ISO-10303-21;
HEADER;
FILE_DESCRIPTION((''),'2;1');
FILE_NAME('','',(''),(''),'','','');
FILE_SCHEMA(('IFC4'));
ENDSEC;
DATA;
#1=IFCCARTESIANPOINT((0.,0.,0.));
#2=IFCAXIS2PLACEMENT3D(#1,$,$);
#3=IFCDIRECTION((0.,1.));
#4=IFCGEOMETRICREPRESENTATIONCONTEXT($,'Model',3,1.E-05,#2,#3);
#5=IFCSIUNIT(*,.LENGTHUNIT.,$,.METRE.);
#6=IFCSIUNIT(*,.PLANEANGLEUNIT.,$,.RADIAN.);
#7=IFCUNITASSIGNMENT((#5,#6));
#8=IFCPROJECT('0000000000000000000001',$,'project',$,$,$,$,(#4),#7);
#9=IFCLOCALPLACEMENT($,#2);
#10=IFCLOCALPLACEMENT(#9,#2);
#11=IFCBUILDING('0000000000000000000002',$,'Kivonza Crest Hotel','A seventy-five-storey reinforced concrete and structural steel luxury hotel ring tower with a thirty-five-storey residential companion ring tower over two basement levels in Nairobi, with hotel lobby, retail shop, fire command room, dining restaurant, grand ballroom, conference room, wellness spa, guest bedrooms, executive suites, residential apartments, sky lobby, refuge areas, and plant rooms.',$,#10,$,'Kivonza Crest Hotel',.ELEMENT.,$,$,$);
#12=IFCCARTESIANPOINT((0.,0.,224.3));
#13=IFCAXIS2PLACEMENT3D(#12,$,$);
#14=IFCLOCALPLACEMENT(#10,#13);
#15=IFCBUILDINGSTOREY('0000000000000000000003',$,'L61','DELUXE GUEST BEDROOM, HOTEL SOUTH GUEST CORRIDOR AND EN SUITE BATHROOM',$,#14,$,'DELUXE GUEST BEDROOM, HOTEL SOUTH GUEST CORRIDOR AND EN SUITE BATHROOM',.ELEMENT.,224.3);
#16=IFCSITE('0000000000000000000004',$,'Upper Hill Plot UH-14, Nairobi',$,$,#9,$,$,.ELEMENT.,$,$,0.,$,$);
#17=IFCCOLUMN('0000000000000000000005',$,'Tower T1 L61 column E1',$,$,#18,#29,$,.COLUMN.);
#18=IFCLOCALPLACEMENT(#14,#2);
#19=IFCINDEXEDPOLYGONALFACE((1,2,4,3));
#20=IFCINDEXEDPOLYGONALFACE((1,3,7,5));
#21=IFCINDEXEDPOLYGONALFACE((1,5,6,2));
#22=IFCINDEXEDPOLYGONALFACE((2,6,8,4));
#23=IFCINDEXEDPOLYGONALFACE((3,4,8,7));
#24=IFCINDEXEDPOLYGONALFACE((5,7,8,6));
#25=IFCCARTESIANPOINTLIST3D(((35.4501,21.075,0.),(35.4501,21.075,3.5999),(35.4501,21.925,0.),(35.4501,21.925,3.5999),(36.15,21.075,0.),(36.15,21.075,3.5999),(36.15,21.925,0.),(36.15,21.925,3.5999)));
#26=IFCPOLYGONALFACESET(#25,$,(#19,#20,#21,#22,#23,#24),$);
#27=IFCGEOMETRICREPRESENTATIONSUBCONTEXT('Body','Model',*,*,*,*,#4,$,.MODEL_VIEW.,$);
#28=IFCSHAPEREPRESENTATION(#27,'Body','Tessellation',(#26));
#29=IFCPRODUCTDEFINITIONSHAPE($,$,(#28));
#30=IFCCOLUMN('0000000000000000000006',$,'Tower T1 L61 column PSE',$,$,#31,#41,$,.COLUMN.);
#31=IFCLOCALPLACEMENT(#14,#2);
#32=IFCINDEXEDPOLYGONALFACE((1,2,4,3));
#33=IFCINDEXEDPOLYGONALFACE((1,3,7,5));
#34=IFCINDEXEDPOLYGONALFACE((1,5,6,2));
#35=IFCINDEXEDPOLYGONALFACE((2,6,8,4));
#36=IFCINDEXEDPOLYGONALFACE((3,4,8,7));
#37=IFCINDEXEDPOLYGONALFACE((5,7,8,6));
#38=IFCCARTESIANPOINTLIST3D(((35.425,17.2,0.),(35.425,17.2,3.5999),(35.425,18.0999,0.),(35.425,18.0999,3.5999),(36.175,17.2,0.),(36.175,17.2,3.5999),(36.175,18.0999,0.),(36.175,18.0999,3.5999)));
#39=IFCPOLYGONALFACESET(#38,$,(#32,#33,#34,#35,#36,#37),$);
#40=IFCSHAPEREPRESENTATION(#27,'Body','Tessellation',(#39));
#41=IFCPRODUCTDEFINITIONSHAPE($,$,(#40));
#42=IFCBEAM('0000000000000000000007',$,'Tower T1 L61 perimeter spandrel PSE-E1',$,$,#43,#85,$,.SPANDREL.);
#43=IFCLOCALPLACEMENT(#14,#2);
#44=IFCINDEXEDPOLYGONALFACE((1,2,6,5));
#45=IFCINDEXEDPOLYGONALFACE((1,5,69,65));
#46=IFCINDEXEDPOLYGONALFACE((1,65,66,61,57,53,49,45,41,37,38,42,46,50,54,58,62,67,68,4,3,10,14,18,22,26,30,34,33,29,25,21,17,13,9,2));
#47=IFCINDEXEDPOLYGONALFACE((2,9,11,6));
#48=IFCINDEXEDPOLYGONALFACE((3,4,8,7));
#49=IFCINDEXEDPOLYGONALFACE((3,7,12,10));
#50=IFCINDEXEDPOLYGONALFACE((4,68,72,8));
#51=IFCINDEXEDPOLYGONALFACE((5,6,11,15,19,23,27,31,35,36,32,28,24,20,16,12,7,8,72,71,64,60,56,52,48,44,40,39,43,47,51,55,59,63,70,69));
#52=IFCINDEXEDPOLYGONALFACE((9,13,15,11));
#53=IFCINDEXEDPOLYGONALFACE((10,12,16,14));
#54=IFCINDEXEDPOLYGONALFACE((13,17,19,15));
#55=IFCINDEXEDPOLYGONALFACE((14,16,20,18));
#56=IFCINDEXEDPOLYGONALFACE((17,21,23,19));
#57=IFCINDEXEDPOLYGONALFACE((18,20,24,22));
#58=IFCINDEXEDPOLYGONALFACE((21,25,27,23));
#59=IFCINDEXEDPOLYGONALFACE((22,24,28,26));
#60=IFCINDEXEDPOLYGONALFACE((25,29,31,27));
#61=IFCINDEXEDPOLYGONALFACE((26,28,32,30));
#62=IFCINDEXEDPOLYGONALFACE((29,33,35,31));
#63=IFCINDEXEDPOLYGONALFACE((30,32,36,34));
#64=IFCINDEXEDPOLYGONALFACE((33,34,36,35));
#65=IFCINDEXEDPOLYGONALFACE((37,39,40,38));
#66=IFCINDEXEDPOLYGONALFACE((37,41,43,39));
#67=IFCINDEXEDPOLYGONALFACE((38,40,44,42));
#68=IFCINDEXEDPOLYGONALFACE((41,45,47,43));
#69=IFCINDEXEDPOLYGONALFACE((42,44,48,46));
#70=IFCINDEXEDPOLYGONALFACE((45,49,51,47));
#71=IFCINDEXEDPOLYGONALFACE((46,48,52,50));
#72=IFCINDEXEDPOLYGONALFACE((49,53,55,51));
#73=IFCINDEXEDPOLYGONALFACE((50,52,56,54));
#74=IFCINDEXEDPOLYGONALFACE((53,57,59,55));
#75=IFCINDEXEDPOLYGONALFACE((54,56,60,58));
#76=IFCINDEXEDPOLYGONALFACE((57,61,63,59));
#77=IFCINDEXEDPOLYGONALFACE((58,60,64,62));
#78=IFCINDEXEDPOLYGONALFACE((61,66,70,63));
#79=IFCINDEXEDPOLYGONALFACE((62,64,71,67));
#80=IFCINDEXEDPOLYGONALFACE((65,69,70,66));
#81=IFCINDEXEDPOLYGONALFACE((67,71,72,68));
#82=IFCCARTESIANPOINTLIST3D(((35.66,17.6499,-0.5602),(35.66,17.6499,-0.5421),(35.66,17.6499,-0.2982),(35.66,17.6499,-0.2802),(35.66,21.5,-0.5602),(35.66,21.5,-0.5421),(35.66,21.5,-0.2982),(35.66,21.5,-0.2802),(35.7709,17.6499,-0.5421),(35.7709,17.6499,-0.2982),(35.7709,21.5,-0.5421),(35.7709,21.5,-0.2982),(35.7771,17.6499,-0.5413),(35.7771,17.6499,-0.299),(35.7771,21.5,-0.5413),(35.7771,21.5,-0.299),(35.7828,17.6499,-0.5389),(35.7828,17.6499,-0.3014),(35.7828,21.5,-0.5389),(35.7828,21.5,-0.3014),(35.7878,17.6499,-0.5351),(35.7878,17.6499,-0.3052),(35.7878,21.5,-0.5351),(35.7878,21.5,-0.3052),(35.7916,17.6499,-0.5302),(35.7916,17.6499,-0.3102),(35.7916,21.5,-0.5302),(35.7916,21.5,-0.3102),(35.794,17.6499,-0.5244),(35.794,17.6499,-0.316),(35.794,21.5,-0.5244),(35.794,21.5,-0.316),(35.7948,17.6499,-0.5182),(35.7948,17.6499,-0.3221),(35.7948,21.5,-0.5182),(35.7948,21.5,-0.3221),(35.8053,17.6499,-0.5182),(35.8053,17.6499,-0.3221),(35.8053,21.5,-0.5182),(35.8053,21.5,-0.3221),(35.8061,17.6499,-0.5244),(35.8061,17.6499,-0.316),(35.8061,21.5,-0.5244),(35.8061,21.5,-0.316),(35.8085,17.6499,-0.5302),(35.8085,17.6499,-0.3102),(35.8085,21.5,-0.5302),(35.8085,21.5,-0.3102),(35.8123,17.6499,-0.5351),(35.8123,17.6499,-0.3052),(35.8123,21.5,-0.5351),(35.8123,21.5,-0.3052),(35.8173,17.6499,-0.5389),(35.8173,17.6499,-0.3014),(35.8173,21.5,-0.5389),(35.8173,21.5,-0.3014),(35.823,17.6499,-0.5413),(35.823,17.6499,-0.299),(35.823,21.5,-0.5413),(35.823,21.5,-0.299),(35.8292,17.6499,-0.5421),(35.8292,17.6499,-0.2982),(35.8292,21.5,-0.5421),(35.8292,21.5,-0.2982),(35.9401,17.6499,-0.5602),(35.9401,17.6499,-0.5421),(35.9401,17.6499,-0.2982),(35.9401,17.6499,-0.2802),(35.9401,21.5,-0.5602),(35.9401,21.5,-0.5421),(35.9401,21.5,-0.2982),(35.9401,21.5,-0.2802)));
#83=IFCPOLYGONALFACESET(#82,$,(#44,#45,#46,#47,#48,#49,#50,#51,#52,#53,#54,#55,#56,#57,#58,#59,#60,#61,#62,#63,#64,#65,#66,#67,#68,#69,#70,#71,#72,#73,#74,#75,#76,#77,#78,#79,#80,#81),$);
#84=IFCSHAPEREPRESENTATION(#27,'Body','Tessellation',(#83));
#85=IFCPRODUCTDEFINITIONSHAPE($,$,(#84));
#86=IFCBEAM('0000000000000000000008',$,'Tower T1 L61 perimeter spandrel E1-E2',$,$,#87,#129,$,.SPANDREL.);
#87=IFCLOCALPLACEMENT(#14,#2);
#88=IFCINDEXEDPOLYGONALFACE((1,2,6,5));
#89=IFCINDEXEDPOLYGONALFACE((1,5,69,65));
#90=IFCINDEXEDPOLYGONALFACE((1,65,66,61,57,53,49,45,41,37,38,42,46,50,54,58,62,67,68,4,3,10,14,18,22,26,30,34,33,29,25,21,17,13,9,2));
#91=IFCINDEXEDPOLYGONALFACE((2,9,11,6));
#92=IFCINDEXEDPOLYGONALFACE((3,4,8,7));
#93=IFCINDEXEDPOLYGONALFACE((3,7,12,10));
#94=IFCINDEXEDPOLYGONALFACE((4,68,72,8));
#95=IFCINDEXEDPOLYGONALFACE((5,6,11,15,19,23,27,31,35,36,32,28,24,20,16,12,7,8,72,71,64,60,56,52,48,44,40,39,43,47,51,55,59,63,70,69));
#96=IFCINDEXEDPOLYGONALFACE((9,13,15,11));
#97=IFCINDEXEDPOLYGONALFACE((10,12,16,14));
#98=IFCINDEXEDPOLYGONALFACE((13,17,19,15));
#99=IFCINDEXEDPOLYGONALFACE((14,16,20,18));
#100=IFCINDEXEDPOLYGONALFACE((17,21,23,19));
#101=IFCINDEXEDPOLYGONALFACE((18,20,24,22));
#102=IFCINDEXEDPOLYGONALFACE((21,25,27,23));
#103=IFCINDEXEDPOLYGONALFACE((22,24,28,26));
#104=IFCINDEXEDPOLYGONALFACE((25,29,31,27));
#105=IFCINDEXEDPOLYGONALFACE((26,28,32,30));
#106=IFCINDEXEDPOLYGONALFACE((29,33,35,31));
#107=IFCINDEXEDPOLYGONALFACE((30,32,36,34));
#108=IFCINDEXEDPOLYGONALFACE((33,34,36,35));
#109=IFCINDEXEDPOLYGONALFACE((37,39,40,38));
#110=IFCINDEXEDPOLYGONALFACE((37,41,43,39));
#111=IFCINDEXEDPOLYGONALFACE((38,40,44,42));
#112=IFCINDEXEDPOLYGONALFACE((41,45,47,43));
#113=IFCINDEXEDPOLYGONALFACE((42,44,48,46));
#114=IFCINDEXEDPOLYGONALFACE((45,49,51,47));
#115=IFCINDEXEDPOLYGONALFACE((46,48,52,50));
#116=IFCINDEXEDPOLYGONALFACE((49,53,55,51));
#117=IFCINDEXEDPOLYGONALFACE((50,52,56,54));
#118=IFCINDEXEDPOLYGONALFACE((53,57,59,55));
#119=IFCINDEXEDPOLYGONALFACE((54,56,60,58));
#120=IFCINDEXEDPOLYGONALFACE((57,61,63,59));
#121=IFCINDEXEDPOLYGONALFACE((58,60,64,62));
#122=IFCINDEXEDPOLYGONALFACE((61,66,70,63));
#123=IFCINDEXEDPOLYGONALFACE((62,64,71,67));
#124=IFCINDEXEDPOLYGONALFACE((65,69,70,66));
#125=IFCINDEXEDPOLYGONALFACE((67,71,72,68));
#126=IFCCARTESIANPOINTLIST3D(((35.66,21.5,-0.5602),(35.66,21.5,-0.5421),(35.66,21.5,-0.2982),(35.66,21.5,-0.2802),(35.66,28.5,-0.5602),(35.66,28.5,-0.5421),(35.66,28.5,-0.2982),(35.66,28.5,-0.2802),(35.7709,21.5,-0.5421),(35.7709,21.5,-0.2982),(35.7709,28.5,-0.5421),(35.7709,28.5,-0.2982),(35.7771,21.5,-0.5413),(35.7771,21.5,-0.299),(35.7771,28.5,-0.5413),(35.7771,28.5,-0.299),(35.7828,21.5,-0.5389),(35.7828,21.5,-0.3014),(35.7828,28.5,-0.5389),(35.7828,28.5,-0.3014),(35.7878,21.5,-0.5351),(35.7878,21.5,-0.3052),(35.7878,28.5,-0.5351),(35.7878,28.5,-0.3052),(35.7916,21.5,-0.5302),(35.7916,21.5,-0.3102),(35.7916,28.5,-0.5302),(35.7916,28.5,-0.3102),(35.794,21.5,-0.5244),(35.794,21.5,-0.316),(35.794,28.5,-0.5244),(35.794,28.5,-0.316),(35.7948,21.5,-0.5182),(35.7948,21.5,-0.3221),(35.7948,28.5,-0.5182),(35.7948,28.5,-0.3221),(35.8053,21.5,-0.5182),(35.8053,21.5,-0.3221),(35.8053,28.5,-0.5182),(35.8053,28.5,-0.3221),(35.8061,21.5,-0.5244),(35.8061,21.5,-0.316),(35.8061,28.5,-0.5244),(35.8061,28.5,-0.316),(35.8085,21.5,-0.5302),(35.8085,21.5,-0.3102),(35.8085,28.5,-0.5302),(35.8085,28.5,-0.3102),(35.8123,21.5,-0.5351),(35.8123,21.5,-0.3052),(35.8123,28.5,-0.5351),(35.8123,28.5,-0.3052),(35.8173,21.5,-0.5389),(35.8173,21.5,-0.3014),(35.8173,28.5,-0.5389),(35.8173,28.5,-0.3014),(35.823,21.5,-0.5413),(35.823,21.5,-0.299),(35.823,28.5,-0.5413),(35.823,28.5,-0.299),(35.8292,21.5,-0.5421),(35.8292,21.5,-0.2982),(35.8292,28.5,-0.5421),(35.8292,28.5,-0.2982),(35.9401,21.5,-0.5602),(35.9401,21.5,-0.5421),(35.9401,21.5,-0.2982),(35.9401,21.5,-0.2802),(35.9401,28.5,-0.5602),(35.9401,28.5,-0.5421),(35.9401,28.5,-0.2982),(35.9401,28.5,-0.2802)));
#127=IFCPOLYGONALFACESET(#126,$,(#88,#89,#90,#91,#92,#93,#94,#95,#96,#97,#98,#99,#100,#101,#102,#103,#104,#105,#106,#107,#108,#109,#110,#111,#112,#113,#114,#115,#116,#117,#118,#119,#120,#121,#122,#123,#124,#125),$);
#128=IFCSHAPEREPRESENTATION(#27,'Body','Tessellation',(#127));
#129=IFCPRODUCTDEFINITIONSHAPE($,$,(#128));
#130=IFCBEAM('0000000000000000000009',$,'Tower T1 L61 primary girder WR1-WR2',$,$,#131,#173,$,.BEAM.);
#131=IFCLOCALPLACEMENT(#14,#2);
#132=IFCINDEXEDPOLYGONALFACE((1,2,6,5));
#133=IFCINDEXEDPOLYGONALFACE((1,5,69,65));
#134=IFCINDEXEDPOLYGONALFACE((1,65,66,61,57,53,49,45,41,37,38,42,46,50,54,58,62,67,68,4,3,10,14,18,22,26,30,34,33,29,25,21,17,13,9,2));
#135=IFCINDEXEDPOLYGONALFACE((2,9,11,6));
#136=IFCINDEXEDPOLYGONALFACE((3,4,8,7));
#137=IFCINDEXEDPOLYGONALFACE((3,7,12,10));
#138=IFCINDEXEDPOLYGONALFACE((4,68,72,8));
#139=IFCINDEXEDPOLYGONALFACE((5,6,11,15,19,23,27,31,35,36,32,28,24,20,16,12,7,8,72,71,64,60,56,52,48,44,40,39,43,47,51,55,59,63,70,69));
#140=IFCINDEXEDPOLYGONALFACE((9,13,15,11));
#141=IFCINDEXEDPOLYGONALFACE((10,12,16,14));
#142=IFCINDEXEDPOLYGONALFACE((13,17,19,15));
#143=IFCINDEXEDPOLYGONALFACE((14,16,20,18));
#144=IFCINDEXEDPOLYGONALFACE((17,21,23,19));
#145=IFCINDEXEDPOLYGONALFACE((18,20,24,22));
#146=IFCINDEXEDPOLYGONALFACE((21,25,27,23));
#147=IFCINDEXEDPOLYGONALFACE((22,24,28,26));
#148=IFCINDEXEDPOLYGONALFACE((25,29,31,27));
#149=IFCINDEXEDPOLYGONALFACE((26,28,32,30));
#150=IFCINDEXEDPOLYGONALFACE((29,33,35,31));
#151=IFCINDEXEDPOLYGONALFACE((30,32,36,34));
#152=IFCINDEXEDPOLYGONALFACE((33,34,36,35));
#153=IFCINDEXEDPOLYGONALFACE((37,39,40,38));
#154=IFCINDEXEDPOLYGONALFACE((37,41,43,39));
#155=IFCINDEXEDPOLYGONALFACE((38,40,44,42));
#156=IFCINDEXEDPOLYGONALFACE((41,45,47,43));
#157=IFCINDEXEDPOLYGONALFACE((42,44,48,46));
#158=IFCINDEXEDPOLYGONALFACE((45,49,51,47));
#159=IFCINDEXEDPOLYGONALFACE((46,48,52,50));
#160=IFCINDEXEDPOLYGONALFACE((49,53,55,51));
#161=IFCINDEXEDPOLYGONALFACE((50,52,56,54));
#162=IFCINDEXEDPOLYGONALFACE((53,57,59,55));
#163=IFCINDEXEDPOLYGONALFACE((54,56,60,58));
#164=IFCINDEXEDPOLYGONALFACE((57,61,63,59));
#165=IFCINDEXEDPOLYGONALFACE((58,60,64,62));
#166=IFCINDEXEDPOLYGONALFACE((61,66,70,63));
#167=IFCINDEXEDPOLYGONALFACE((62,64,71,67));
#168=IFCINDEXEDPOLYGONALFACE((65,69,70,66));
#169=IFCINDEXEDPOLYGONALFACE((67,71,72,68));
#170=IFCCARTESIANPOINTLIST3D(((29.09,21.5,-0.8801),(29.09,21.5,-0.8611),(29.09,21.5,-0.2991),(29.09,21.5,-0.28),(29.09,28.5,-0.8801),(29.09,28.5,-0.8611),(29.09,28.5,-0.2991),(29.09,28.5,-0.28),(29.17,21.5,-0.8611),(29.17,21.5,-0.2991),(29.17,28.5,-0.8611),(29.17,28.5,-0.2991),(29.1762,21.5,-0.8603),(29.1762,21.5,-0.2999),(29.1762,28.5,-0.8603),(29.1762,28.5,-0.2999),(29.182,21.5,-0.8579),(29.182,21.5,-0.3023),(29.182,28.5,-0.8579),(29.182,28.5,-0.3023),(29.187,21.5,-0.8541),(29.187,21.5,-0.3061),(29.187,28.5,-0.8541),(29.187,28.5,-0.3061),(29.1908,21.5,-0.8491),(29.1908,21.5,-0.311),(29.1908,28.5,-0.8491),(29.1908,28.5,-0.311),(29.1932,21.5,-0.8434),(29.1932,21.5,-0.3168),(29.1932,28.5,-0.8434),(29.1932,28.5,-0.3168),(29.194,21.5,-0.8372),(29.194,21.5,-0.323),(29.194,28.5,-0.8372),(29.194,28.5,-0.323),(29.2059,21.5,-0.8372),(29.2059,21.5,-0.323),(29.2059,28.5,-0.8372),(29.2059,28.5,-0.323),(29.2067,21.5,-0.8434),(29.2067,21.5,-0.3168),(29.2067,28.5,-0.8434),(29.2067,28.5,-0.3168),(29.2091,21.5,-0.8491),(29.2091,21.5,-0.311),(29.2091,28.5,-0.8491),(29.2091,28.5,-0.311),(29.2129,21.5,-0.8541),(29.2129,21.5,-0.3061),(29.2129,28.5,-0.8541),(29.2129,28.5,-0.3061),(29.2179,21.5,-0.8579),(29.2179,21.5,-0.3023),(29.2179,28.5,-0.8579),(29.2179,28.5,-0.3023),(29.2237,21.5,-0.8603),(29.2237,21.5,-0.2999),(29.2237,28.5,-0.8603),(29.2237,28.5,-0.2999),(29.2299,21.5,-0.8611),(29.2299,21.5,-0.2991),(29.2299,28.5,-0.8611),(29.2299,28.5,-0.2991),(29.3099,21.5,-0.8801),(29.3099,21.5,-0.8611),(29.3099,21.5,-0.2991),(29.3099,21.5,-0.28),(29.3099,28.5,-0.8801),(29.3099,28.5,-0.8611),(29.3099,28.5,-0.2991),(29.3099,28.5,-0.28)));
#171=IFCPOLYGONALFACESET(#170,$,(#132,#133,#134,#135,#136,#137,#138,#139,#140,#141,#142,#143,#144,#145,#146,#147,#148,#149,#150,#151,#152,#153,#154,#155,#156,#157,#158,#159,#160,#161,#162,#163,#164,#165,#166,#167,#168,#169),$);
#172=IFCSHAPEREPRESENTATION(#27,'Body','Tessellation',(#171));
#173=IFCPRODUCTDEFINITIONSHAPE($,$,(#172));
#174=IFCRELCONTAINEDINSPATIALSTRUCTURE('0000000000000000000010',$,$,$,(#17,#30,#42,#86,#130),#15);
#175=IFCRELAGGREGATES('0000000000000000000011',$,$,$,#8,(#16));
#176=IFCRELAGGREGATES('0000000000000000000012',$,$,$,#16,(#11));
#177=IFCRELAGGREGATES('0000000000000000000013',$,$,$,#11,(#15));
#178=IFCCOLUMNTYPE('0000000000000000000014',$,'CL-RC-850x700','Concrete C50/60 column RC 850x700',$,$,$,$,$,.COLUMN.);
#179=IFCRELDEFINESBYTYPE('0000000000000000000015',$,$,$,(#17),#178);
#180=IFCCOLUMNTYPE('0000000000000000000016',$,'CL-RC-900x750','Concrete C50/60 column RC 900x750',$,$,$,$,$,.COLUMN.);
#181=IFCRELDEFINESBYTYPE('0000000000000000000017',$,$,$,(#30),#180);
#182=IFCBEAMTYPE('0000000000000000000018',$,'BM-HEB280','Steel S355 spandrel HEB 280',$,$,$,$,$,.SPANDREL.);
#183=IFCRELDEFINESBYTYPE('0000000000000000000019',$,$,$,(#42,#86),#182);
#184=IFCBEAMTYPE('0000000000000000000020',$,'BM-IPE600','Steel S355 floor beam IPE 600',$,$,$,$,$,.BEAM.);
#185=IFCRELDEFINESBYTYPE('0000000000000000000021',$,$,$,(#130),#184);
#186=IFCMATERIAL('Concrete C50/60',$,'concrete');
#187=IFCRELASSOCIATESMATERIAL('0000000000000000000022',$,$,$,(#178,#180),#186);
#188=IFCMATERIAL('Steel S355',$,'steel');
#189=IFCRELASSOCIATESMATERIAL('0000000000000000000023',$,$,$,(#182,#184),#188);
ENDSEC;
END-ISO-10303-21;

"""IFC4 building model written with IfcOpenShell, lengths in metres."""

from ifc_helpers import new_model, si_unit, direction, frame, origin, origin_2d, place, context, subcontext, project, spatial, rectangle, i_section, extrude, material, material_profile, profile_set, type_object, element, save


model = new_model("IFC4")

# Units and contexts
model_context = context("Model", 3, precision=1e-05, world=origin(), true_north=direction((0.0, 1.0)))
body_context = subcontext(model_context, "Body", "Model", "MODEL_VIEW")
ifc_project = project(units=[si_unit("LENGTHUNIT", "METRE"), si_unit("PLANEANGLEUNIT", "RADIAN")], contexts=[model_context])

# Site, building, storey
site_placement = place(None, origin())
site = spatial("IfcSite", under=ifc_project, at=site_placement, Name="Upper Hill Plot UH-14, Nairobi", CompositionType="ELEMENT", RefElevation=0.0)
building_placement = place(site_placement, origin())
building = spatial("IfcBuilding", under=site, at=building_placement, Name="Kivonza Crest Hotel", Description="A seventy-five-storey reinforced concrete and structural steel luxury hotel ring tower with a thirty-five-storey residential companion ring tower over two basement levels in Nairobi, with hotel lobby, retail shop, fire command room, dining restaurant, grand ballroom, conference room, wellness spa, guest bedrooms, executive suites, residential apartments, sky lobby, refuge areas, and plant rooms.", LongName="Kivonza Crest Hotel", CompositionType="ELEMENT")
storey_placement = place(building_placement, frame((0.0, 0.0, 224.3)))
storey = spatial("IfcBuildingStorey", under=building, at=storey_placement, Name="L61", Description="DELUXE GUEST BEDROOM, HOTEL SOUTH GUEST CORRIDOR AND EN SUITE BATHROOM", LongName="DELUXE GUEST BEDROOM, HOTEL SOUTH GUEST CORRIDOR AND EN SUITE BATHROOM", CompositionType="ELEMENT", Elevation=224.3)

# Columns
ifc_material_1 = material(Name="Concrete C50/60", Category="concrete")
ifc_material_profile_1 = material_profile(ifc_material_1, rectangle(XDim=0.7, YDim=0.8501, at=origin_2d()), Name="RC 850x700")
ifc_profile_set_1 = profile_set([ifc_material_profile_1], Name="Concrete C50/60")
column_type_1 = type_object("IfcColumnType", Name="CL-RC-850x700", Description="Concrete C50/60 column RC 850x700", PredefinedType="COLUMN", material=ifc_profile_set_1)
column_1_placement = place(storey_placement, frame((35.8, 21.5, 0.0), z_axis=(0.0, 0.0, 1.0), x_axis=(1.0, 0.0, 0.0)))
element("IfcColumn", 1, at=column_1_placement, inside=storey, type_object=column_type_1, Name="Tower T1 L61 column E1", PredefinedType="COLUMN", context=body_context, shape_type="SweptSolid", body=[
    extrude(rectangle(XDim=0.7, YDim=0.8501, at=origin_2d()), origin(), (0.0, 0.0, 1.0), 3.5999),
])
ifc_material_profile_2 = material_profile(ifc_material_1, rectangle(XDim=0.75, YDim=0.8999, at=origin_2d()), Name="RC 900x750")
ifc_profile_set_2 = profile_set([ifc_material_profile_2], Name="Concrete C50/60")
column_type_2 = type_object("IfcColumnType", Name="CL-RC-900x750", Description="Concrete C50/60 column RC 900x750", PredefinedType="COLUMN", material=ifc_profile_set_2)
column_2_placement = place(storey_placement, frame((35.8, 17.6499, 0.0), z_axis=(0.0, 0.0, 1.0), x_axis=(1.0, 0.0, 0.0)))
element("IfcColumn", 2, at=column_2_placement, inside=storey, type_object=column_type_2, Name="Tower T1 L61 column PSE", PredefinedType="COLUMN", context=body_context, shape_type="SweptSolid", body=[
    extrude(rectangle(XDim=0.75, YDim=0.8999, at=origin_2d()), origin(), (0.0, 0.0, 1.0), 3.5999),
])

# Beams
ifc_material_2 = material(Name="Steel S355", Category="steel")
ifc_material_profile_3 = material_profile(ifc_material_2, i_section(OverallWidth=0.28, OverallDepth=0.28, WebThickness=0.0105, FlangeThickness=0.0181, FilletRadius=0.0239, at=origin_2d()), Name="HEB 280")
ifc_profile_set_3 = profile_set([ifc_material_profile_3], Name="Steel S355")
beam_type_1 = type_object("IfcBeamType", Name="BM-HEB280", Description="Steel S355 spandrel HEB 280", PredefinedType="SPANDREL", material=ifc_profile_set_3)
beam_1_placement = place(storey_placement, frame((35.8, 17.6499, -0.4202), z_axis=(0.0, 1.0, 0.0), x_axis=(-1.0, 0.0, 0.0)))
element("IfcBeam", 3, at=beam_1_placement, inside=storey, type_object=beam_type_1, Name="Tower T1 L61 perimeter spandrel PSE-E1", PredefinedType="SPANDREL", context=body_context, shape_type="SweptSolid", body=[
    extrude(i_section(OverallWidth=0.28, OverallDepth=0.28, WebThickness=0.0105, FlangeThickness=0.0181, FilletRadius=0.0239, at=origin_2d()), origin(), (0.0, 0.0, 1.0), 3.8501),
])
beam_2_placement = place(storey_placement, frame((35.8, 21.5, -0.4202), z_axis=(0.0, 1.0, 0.0), x_axis=(-1.0, 0.0, 0.0)))
element("IfcBeam", 4, at=beam_2_placement, inside=storey, type_object=beam_type_1, Name="Tower T1 L61 perimeter spandrel E1-E2", PredefinedType="SPANDREL", context=body_context, shape_type="SweptSolid", body=[
    extrude(i_section(OverallWidth=0.28, OverallDepth=0.28, WebThickness=0.0105, FlangeThickness=0.0181, FilletRadius=0.0239, at=origin_2d()), origin(), (0.0, 0.0, 1.0), 7.0),
])
ifc_material_profile_4 = material_profile(ifc_material_2, i_section(OverallWidth=0.22, OverallDepth=0.6001, WebThickness=0.012, FlangeThickness=0.019, FilletRadius=0.0239, at=origin_2d()), Name="IPE 600")
ifc_profile_set_4 = profile_set([ifc_material_profile_4], Name="Steel S355")
beam_type_2 = type_object("IfcBeamType", Name="BM-IPE600", Description="Steel S355 floor beam IPE 600", PredefinedType="BEAM", material=ifc_profile_set_4)
beam_3_placement = place(storey_placement, frame((29.2, 21.5, -0.5801), z_axis=(0.0, 1.0, 0.0), x_axis=(-1.0, 0.0, 0.0)))
element("IfcBeam", 5, at=beam_3_placement, inside=storey, type_object=beam_type_2, Name="Tower T1 L61 primary girder WR1-WR2", PredefinedType="BEAM", context=body_context, shape_type="SweptSolid", body=[
    extrude(i_section(OverallWidth=0.22, OverallDepth=0.6001, WebThickness=0.012, FlangeThickness=0.019, FilletRadius=0.0239, at=origin_2d()), origin(), (0.0, 0.0, 1.0), 7.0),
])

save(model, "model.ifc")
